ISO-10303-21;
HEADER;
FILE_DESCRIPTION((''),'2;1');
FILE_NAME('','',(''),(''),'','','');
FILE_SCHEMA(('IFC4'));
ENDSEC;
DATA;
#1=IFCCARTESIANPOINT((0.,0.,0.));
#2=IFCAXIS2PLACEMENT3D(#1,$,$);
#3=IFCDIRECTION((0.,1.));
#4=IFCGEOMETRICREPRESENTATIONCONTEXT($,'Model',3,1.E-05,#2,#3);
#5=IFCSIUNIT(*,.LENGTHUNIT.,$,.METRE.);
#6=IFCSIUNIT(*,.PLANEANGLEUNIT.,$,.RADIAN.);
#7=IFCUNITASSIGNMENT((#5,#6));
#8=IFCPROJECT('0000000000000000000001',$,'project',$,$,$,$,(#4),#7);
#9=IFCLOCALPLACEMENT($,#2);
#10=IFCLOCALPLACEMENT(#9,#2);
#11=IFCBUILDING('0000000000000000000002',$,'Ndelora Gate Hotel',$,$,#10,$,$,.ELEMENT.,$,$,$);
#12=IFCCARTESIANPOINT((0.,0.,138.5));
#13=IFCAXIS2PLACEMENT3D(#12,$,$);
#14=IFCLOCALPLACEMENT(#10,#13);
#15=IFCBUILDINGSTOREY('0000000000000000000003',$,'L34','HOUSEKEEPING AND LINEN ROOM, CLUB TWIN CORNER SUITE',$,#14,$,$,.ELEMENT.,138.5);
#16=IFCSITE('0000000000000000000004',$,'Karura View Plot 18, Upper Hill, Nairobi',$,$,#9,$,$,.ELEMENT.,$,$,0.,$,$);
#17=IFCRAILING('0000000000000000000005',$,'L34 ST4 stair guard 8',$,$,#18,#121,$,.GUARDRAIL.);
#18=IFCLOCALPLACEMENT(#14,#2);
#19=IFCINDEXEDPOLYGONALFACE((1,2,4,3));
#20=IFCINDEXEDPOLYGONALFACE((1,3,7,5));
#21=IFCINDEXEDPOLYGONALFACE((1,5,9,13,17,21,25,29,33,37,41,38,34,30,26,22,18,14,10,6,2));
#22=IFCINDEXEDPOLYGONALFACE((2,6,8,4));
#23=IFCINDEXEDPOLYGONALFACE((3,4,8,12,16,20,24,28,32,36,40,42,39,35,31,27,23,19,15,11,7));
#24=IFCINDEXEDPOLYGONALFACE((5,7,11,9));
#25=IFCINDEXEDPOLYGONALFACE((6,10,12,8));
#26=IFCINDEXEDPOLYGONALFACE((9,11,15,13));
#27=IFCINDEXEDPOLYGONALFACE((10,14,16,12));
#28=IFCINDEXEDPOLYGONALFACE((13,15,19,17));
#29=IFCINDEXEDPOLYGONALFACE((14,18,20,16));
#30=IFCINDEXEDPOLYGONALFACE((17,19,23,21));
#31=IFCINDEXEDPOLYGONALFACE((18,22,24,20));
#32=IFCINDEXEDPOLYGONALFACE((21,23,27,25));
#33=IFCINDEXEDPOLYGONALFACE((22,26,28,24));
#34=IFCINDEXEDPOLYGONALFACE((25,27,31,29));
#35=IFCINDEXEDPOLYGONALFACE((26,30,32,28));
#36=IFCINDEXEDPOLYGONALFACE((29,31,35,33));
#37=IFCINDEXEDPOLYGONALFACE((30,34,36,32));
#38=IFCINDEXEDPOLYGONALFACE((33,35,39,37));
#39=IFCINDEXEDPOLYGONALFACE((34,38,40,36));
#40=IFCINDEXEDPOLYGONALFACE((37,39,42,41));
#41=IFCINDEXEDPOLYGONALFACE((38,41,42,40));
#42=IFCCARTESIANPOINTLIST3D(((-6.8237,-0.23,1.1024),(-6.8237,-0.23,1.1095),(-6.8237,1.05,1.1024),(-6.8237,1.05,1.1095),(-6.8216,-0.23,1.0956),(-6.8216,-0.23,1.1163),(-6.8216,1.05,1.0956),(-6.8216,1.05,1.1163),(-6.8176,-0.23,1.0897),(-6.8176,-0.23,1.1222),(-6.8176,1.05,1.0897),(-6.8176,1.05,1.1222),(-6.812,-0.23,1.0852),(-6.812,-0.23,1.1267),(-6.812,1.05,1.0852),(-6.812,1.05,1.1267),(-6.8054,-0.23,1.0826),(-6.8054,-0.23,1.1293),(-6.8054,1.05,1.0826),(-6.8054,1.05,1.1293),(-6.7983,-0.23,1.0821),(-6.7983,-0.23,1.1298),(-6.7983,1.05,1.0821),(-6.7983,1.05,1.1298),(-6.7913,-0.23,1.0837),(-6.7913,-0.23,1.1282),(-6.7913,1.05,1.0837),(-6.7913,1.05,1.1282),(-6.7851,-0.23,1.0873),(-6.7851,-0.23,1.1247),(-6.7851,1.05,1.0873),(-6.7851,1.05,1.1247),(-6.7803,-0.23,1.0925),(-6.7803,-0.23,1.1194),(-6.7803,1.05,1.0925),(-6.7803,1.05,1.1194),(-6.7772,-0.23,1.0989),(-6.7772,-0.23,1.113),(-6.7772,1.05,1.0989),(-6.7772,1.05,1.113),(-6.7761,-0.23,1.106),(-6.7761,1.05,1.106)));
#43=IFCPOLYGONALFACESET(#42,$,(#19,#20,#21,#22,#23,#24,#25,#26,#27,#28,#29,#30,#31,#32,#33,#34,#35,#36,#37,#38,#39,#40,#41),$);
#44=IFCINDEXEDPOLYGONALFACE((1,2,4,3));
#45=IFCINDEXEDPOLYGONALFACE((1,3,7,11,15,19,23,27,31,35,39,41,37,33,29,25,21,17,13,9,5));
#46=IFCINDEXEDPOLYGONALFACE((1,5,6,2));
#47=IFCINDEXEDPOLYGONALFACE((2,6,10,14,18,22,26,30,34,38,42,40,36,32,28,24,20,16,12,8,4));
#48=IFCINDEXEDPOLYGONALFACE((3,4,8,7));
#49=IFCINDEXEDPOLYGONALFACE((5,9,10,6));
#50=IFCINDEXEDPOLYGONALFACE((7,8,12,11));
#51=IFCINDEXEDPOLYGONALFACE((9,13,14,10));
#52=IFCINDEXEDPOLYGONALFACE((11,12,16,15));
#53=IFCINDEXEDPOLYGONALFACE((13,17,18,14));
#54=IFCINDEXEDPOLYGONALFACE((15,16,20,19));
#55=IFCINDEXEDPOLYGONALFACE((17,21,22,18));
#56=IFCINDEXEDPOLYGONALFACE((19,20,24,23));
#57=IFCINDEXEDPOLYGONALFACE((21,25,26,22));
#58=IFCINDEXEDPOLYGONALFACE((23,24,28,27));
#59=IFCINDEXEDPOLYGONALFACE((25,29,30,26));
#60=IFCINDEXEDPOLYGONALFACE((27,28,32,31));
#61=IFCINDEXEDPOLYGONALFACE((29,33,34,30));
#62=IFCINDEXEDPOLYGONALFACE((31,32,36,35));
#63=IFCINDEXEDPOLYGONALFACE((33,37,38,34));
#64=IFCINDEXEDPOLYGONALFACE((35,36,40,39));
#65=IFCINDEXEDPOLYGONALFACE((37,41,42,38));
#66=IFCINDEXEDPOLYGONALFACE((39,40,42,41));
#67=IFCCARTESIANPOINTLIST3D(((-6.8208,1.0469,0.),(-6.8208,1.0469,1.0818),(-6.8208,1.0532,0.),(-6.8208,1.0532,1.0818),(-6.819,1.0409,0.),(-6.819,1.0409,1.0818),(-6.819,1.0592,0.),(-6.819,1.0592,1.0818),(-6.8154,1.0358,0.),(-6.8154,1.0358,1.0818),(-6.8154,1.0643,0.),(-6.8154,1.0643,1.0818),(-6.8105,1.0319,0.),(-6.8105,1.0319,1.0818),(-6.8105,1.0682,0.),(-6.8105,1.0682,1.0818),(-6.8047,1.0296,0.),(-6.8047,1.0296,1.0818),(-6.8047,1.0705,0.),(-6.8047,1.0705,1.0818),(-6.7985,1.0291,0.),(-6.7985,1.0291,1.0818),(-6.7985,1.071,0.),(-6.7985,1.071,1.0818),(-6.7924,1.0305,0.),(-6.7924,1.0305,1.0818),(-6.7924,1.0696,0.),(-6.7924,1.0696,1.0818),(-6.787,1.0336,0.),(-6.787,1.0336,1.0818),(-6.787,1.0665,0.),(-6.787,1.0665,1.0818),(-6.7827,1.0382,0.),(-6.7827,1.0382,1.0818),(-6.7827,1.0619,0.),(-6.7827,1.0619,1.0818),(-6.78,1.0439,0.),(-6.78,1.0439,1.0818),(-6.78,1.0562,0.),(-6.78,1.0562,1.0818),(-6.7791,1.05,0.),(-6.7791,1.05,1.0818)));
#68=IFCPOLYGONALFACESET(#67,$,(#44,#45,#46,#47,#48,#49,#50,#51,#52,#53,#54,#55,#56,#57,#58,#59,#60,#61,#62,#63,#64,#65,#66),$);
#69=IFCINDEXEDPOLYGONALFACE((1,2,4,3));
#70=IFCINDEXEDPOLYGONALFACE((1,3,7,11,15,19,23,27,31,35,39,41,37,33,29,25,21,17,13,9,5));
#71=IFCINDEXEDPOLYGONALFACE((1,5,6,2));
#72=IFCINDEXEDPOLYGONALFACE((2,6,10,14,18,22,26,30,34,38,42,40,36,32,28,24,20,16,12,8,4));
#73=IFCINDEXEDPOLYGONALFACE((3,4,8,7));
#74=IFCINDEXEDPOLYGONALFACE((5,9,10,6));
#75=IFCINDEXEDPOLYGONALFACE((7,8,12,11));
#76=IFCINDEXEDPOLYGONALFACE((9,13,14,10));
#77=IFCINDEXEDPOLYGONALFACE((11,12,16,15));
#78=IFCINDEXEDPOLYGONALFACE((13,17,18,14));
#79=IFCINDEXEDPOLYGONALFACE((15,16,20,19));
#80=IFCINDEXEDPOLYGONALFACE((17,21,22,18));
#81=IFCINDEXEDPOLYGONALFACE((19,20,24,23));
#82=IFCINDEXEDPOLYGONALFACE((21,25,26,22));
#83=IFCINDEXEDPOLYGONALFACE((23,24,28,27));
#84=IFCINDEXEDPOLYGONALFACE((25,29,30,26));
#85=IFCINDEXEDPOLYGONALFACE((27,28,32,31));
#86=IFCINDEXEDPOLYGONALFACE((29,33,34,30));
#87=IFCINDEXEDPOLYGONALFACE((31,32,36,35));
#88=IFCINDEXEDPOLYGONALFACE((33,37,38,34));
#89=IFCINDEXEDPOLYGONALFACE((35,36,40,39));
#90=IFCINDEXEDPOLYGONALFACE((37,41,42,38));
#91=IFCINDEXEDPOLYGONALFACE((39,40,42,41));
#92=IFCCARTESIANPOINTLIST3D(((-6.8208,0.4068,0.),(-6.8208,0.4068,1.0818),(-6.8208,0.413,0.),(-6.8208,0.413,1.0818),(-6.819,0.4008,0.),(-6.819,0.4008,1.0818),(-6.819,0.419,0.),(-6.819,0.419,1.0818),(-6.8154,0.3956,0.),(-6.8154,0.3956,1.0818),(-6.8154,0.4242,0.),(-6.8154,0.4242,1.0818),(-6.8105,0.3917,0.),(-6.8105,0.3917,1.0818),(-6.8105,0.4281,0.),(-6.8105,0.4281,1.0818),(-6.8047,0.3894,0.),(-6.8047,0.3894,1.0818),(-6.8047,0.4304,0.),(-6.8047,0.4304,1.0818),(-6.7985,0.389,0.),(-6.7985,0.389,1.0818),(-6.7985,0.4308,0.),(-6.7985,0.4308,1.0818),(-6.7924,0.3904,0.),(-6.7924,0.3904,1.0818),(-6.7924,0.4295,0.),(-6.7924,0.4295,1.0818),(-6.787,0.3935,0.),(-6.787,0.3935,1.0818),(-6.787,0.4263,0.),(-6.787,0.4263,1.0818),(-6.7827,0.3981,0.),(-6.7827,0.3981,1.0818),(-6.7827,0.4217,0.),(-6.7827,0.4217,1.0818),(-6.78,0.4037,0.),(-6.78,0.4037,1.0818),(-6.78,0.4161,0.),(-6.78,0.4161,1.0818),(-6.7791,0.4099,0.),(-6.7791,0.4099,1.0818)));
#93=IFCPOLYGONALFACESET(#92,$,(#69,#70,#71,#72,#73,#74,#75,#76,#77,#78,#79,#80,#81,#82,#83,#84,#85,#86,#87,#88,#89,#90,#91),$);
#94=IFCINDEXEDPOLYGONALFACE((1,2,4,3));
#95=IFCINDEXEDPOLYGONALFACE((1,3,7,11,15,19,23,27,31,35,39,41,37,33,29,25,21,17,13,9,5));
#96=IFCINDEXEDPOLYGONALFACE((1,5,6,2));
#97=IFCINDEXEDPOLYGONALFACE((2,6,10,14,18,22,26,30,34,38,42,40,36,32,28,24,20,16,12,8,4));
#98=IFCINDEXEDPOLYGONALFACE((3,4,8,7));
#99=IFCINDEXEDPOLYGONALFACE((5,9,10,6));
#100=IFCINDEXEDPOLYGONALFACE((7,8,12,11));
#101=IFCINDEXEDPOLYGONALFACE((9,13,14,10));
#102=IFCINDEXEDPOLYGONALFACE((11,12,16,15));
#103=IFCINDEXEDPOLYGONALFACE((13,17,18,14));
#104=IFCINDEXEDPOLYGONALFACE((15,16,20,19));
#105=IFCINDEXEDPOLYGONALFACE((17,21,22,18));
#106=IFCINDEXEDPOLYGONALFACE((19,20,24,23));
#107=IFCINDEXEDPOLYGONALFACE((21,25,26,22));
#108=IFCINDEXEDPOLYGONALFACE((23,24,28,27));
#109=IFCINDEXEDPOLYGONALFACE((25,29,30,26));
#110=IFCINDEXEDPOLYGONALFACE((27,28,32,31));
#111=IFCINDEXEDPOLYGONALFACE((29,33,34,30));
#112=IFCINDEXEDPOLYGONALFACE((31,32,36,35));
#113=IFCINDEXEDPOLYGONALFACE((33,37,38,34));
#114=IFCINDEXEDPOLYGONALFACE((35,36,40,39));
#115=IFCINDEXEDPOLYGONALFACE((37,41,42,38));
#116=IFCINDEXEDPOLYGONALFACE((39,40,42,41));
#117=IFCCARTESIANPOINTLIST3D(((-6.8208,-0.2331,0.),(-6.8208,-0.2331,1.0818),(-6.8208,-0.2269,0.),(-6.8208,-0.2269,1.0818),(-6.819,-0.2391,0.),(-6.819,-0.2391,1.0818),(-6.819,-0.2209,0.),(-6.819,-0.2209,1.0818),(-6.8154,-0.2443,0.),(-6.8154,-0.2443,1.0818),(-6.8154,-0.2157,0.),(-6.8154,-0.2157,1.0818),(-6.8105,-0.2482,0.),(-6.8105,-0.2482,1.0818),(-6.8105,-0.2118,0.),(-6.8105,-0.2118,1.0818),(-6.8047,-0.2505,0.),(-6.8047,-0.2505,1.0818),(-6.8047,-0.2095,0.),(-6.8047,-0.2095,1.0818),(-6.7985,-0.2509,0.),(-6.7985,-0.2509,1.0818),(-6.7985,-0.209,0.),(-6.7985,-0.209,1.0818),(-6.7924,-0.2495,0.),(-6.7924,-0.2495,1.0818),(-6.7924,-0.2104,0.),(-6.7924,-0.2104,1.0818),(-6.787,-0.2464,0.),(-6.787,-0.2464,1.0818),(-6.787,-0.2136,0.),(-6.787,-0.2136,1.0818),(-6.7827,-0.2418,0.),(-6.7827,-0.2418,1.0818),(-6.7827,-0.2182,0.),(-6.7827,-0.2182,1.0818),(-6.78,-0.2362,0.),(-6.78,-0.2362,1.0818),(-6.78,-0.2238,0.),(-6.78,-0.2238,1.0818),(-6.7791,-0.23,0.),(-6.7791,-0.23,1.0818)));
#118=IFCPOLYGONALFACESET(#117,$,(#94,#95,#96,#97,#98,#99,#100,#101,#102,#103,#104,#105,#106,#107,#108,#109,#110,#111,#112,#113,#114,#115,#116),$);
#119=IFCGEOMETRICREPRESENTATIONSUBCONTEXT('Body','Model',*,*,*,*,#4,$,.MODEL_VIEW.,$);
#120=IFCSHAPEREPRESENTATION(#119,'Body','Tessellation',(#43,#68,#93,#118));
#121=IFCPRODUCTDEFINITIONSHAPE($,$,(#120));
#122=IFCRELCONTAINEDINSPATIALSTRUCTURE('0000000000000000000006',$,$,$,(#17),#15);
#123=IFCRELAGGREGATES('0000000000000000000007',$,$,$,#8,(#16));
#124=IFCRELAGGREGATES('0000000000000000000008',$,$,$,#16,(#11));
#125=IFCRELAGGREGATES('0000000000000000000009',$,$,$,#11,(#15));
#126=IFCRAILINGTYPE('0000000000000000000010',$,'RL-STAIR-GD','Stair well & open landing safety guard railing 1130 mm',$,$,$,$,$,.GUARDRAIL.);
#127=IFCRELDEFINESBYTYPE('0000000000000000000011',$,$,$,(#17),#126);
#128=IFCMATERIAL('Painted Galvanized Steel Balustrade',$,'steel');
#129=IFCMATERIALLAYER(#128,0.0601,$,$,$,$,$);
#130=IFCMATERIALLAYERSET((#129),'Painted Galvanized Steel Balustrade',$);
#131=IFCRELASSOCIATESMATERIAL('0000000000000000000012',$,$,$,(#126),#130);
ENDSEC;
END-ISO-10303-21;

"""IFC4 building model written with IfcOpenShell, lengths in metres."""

from ifc_helpers import new_model, si_unit, direction, frame, origin, origin_2d, place, context, subcontext, project, spatial, circle, extrude, material, layer, layer_set, type_object, element, save


model = new_model("IFC4")

# Units and contexts
model_context = context("Model", 3, precision=1e-05, world=origin(), true_north=direction((0.0, 1.0)))
body_context = subcontext(model_context, "Body", "Model", "MODEL_VIEW")
ifc_project = project(units=[si_unit("LENGTHUNIT", "METRE"), si_unit("PLANEANGLEUNIT", "RADIAN")], contexts=[model_context])

# Site, building, storey
site_placement = place(None, origin())
site = spatial("IfcSite", under=ifc_project, at=site_placement, Name="Karura View Plot 18, Upper Hill, Nairobi", CompositionType="ELEMENT", RefElevation=0.0)
building_placement = place(site_placement, origin())
building = spatial("IfcBuilding", under=site, at=building_placement, Name="Ndelora Gate Hotel", CompositionType="ELEMENT")
storey_placement = place(building_placement, frame((0.0, 0.0, 138.5)))
storey = spatial("IfcBuildingStorey", under=building, at=storey_placement, Name="L34", Description="HOUSEKEEPING AND LINEN ROOM, CLUB TWIN CORNER SUITE", CompositionType="ELEMENT", Elevation=138.5)

# Railing
ifc_material_1 = material(Name="Painted Galvanized Steel Balustrade", Category="steel")
ifc_layer_1 = layer(ifc_material_1, 0.0601)
ifc_layer_set_1 = layer_set([ifc_layer_1], Name="Painted Galvanized Steel Balustrade")
railing_type = type_object("IfcRailingType", Name="RL-STAIR-GD", Description="Stair well & open landing safety guard railing 1130 mm", PredefinedType="GUARDRAIL", material=ifc_layer_set_1)
for number, where, name in (
    (1, (-6.8, 1.05, 0.0), "L34 ST4 stair guard 8"),
):
    element("IfcRailing", number, at=place(storey_placement, frame(where)), inside=storey, type_object=railing_type, Name=name, PredefinedType="GUARDRAIL", context=body_context, shape_type="SweptSolid", body=[
        extrude(circle(Radius=0.0239, at=origin_2d()), frame((0.0, 0.0, 1.106), z_axis=(0.0, -1.0, 0.0), x_axis=(1.0, 0.0, 0.0)), (0.0, 0.0, 1.0), 1.28),
        extrude(circle(Radius=0.021, at=origin_2d()), origin(), (0.0, 0.0, 1.0), 1.0818),
        extrude(circle(Radius=0.021, at=origin_2d()), frame((0.0, -0.6401, 0.0)), (0.0, 0.0, 1.0), 1.0818),
        extrude(circle(Radius=0.021, at=origin_2d()), frame((0.0, -1.28, 0.0)), (0.0, 0.0, 1.0), 1.0818),
    ])

save(model, "model.ifc")
